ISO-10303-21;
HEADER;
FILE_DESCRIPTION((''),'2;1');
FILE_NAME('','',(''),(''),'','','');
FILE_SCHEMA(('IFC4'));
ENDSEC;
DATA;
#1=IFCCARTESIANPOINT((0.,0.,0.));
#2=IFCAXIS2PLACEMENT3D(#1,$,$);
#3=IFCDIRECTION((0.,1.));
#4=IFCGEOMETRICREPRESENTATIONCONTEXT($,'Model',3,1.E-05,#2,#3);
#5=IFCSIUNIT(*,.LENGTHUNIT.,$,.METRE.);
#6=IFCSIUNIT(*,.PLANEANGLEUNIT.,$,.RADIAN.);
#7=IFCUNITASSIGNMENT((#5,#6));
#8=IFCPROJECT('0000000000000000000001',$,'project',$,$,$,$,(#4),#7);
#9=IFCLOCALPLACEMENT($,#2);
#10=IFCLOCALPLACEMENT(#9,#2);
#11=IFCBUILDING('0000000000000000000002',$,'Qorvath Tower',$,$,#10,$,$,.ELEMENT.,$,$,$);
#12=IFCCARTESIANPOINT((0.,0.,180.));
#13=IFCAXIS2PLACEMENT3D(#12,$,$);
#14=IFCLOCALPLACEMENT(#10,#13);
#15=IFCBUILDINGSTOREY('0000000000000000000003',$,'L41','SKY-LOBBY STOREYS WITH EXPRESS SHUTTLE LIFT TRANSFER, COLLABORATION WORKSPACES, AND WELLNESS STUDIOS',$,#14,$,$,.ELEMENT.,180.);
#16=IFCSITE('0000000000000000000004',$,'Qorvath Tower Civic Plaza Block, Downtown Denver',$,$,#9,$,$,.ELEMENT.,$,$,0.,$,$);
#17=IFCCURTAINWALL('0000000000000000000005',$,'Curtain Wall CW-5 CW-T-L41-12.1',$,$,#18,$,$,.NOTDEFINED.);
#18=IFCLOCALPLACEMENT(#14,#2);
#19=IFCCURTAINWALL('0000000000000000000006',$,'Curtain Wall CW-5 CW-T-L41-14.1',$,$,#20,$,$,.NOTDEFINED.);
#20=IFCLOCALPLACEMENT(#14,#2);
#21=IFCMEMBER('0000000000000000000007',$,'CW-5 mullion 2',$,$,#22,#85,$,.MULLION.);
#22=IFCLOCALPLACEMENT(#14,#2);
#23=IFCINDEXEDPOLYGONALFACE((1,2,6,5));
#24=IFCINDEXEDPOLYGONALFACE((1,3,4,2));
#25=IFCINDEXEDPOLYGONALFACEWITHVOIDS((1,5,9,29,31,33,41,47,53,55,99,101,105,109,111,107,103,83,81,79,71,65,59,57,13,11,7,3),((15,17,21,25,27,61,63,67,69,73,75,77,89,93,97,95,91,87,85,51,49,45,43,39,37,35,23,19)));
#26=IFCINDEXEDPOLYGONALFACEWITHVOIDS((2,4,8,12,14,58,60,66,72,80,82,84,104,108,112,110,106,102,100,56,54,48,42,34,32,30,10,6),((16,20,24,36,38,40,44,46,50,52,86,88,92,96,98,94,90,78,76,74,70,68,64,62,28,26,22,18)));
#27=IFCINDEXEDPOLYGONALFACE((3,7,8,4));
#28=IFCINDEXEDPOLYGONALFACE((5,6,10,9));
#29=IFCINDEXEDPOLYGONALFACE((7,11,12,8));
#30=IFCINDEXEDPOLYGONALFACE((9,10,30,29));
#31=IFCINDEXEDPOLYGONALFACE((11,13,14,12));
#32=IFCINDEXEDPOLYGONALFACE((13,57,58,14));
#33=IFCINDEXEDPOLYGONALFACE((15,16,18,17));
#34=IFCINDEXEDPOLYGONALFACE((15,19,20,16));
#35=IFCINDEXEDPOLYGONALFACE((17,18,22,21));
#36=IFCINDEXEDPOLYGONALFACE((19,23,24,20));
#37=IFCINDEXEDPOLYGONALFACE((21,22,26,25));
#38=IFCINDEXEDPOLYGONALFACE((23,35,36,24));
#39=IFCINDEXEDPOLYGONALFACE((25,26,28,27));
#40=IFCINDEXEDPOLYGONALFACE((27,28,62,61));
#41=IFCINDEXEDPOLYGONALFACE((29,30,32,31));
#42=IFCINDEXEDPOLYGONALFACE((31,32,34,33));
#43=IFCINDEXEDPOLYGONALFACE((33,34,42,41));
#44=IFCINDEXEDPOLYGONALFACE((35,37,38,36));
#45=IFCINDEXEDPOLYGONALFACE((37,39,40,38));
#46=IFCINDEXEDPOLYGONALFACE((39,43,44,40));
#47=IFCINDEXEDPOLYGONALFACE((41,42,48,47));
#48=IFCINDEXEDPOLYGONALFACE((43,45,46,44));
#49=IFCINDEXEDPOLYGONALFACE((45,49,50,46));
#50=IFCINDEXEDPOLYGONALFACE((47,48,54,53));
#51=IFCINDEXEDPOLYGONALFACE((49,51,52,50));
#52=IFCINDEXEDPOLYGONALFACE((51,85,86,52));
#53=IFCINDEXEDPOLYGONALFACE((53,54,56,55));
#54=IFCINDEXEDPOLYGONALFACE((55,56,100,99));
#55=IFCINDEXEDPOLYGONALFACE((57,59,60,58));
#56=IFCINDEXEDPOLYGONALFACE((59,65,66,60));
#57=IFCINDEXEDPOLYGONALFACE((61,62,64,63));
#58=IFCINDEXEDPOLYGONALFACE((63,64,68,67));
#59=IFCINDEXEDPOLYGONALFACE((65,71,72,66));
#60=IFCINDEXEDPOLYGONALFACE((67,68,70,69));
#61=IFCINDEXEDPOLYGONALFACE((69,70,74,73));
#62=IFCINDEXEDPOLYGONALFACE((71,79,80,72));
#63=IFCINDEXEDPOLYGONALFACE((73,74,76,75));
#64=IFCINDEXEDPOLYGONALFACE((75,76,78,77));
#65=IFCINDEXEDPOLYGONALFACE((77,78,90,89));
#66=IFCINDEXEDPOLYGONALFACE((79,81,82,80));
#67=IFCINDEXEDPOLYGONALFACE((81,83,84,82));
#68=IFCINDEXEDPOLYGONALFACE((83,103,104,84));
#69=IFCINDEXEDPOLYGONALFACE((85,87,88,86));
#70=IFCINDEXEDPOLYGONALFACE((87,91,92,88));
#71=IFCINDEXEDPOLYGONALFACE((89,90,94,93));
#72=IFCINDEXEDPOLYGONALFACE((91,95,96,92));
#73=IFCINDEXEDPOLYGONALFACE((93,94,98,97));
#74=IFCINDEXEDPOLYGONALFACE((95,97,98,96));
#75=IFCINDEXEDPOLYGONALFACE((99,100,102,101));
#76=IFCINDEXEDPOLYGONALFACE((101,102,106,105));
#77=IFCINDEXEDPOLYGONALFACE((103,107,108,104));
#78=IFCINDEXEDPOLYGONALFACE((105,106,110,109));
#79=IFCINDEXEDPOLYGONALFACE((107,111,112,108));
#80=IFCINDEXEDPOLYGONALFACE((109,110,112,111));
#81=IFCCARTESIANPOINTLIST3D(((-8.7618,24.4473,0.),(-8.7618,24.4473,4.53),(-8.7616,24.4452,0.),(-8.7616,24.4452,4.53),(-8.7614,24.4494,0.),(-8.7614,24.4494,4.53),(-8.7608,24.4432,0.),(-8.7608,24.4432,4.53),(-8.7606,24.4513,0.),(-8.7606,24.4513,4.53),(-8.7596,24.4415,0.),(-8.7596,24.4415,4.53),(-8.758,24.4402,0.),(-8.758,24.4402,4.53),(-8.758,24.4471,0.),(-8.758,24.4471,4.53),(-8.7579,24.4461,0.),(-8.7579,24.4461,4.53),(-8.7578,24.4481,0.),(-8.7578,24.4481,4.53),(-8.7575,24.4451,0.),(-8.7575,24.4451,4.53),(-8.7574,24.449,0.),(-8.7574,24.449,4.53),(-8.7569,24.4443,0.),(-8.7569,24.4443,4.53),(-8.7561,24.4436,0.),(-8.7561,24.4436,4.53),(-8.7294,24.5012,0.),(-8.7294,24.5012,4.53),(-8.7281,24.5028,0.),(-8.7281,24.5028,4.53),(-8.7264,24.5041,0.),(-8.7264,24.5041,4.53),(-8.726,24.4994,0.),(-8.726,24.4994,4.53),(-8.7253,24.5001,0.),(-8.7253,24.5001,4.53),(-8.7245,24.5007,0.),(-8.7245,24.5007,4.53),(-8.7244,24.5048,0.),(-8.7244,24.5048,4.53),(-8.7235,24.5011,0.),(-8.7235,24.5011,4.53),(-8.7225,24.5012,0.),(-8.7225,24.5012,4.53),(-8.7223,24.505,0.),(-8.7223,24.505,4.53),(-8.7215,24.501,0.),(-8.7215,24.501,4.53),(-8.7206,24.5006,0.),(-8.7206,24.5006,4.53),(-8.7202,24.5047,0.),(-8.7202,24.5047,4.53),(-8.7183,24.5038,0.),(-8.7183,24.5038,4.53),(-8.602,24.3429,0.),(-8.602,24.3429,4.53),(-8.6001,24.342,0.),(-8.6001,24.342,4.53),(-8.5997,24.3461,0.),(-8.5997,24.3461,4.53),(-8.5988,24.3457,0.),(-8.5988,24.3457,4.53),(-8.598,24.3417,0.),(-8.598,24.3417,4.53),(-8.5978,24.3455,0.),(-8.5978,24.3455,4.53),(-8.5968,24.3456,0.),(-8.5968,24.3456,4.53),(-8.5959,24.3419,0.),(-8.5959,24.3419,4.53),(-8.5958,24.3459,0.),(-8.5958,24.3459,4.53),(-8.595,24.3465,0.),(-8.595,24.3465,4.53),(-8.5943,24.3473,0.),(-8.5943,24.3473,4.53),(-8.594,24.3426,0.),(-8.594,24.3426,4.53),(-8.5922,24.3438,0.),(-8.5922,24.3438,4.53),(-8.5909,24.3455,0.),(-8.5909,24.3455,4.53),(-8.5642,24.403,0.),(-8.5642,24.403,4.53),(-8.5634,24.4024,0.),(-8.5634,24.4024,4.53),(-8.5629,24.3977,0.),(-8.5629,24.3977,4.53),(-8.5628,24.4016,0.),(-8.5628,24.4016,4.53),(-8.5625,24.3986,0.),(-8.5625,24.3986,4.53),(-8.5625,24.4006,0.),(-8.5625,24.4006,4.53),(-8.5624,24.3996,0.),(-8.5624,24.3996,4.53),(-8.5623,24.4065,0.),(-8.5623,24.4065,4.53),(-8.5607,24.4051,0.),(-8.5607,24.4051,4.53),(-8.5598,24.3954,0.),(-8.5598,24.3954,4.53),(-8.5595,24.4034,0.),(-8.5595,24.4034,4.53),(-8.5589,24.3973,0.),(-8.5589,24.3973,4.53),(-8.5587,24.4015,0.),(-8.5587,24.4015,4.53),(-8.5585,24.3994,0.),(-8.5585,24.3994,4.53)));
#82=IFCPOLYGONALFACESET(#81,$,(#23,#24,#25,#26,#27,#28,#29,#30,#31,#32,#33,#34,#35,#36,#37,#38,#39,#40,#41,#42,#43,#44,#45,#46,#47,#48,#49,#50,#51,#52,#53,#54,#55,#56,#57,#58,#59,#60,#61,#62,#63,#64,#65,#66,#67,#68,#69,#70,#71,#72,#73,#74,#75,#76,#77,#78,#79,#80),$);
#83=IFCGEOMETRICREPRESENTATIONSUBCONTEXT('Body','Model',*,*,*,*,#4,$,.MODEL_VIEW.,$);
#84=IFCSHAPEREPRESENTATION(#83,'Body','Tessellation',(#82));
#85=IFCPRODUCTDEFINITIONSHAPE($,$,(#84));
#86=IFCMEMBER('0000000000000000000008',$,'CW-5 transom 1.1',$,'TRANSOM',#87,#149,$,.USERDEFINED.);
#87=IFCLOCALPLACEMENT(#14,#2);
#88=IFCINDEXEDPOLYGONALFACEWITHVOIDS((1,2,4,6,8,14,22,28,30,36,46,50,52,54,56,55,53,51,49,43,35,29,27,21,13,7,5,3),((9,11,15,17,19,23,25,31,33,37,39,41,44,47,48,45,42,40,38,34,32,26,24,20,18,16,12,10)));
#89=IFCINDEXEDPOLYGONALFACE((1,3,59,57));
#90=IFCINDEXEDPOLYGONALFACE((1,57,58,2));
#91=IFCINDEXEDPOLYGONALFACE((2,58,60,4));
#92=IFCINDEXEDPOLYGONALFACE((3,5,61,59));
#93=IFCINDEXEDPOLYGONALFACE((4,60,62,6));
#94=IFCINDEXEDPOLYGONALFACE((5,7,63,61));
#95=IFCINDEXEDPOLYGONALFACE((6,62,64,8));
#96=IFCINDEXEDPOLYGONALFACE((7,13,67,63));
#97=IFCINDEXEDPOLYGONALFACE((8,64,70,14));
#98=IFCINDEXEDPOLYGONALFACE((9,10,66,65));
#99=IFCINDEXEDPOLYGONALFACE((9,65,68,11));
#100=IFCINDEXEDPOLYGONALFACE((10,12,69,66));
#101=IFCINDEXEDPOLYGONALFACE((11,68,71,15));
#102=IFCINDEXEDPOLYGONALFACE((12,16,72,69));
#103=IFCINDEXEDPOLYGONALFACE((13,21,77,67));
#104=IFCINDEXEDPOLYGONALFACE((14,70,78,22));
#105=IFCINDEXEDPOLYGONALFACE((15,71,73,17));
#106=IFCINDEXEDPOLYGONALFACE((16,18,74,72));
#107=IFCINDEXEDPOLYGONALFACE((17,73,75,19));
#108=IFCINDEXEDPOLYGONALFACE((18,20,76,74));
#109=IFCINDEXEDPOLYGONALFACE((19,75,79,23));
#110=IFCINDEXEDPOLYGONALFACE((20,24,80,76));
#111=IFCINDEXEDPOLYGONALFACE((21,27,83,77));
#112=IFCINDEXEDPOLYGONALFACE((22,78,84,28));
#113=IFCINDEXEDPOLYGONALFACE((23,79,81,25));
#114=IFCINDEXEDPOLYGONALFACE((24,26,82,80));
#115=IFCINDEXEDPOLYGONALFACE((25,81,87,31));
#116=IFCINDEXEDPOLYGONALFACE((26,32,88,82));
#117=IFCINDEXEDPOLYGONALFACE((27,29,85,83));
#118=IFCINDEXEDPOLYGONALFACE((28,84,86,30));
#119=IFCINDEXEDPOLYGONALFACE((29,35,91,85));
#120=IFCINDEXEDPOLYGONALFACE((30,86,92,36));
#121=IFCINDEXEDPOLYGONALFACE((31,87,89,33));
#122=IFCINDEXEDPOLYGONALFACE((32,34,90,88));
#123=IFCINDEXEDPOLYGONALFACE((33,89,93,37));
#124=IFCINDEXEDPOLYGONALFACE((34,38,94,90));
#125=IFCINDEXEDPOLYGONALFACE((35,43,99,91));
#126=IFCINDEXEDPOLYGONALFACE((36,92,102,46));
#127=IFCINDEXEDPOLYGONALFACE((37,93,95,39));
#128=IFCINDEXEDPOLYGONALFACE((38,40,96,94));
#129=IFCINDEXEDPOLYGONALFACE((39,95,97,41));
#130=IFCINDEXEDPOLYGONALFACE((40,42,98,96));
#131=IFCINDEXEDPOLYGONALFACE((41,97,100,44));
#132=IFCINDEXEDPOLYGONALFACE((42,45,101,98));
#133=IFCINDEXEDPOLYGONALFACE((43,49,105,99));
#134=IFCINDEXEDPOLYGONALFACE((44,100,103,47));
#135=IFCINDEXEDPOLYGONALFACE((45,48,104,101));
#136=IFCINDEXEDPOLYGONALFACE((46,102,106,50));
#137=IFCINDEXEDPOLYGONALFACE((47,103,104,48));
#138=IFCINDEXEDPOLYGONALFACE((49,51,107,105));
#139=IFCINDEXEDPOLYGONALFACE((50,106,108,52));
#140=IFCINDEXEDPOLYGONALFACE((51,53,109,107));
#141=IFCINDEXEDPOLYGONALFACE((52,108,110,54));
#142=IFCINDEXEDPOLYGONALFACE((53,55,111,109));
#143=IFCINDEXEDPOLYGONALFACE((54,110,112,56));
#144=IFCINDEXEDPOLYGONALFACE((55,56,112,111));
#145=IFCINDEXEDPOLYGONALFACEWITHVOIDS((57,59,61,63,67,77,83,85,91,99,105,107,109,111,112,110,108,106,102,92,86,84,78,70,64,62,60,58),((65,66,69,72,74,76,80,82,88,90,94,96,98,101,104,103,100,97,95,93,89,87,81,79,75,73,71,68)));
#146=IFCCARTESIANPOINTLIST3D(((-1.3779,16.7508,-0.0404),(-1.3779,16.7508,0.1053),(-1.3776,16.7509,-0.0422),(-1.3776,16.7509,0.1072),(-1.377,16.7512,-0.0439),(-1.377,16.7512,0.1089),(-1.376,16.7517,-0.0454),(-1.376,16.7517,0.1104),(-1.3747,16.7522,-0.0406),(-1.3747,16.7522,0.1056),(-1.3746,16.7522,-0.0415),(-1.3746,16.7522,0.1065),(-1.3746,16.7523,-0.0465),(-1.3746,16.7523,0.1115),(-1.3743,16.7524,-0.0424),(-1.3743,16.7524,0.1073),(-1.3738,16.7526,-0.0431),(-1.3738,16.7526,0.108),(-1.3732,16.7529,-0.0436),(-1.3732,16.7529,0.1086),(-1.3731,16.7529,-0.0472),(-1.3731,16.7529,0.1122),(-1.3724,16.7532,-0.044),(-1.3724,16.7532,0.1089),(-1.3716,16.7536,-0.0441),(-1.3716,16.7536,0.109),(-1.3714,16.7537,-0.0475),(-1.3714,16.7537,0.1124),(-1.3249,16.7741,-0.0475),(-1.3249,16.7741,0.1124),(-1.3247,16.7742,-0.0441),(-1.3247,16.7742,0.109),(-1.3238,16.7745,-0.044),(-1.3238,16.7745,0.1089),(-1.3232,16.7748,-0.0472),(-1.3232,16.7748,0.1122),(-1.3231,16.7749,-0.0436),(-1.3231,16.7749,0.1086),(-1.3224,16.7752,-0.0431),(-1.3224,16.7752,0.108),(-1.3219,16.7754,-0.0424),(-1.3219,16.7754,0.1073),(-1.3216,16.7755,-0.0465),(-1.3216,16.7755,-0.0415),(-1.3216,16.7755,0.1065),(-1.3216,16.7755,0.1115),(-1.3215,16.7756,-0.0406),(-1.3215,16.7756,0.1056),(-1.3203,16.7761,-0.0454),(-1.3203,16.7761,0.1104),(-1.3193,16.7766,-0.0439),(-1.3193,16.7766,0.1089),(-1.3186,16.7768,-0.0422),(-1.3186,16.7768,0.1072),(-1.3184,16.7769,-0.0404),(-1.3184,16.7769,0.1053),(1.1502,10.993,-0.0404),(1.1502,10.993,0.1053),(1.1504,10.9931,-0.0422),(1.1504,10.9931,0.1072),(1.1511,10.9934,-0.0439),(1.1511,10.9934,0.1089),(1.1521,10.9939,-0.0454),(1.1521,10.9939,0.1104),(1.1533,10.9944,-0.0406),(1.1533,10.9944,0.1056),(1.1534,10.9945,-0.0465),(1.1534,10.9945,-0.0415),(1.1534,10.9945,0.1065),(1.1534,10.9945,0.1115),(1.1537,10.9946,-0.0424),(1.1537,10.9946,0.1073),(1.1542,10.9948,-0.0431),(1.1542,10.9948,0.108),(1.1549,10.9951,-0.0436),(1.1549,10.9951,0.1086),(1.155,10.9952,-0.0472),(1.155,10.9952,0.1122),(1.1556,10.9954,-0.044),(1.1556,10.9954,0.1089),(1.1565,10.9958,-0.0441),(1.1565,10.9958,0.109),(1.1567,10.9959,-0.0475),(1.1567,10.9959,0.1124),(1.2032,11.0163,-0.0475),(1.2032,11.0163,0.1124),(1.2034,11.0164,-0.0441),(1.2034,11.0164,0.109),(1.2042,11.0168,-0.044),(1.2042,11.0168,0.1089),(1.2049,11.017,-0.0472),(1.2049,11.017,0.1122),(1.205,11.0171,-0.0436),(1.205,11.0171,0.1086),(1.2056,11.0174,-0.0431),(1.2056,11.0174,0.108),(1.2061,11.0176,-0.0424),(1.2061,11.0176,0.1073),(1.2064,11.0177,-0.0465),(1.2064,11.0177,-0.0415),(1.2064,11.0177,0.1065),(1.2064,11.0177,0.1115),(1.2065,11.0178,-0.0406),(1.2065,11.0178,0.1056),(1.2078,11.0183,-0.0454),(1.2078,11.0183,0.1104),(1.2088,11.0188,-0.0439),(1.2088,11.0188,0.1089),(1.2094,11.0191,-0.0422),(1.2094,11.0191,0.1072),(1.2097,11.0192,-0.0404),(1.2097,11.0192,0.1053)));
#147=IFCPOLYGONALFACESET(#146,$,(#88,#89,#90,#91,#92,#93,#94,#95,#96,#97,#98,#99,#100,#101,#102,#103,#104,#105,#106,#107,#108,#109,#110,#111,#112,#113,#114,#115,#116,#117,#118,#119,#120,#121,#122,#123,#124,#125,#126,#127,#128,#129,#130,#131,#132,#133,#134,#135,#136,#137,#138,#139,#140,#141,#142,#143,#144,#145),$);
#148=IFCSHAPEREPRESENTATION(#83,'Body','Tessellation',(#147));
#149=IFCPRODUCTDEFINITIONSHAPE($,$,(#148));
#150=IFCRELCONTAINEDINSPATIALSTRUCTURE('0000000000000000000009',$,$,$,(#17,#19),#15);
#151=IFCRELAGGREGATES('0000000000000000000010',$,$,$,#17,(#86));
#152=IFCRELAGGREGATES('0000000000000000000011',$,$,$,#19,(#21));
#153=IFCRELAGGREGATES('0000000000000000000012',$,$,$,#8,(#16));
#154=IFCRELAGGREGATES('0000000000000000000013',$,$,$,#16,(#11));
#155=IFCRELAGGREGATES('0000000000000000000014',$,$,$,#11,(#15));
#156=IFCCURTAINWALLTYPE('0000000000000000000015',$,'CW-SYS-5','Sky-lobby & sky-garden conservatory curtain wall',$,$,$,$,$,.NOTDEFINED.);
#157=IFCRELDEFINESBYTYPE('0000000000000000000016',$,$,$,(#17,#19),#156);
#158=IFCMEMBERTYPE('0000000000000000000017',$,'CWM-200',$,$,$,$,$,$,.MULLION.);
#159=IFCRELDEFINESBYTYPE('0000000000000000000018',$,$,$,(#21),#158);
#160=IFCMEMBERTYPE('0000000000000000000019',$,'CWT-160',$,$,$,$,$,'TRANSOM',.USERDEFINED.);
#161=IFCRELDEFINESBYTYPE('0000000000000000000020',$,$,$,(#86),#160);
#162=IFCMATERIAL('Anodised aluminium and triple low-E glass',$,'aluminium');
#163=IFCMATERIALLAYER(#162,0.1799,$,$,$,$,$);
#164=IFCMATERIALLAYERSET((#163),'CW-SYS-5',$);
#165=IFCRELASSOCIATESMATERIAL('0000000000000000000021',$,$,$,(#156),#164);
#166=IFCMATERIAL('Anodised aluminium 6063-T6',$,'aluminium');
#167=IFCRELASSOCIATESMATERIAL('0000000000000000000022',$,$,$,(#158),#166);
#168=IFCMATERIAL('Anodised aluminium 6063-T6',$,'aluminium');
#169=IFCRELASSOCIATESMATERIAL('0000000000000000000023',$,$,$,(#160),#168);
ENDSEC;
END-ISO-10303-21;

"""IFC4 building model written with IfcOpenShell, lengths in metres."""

from ifc_helpers import new_model, si_unit, direction, frame, origin, origin_2d, place, context, subcontext, project, spatial, hollow_rectangle, extrude, material, layer, layer_set, material_profile, profile_set, type_object, element, aggregate, save


model = new_model("IFC4")

# Units and contexts
model_context = context("Model", 3, precision=1e-05, world=origin(), true_north=direction((0.0, 1.0)))
body_context = subcontext(model_context, "Body", "Model", "MODEL_VIEW")
ifc_project = project(units=[si_unit("LENGTHUNIT", "METRE"), si_unit("PLANEANGLEUNIT", "RADIAN")], contexts=[model_context])

# Site, building, storey
site_placement = place(None, origin())
site = spatial("IfcSite", under=ifc_project, at=site_placement, Name="Qorvath Tower Civic Plaza Block, Downtown Denver", CompositionType="ELEMENT", RefElevation=0.0)
building_placement = place(site_placement, origin())
building = spatial("IfcBuilding", under=site, at=building_placement, Name="Qorvath Tower", CompositionType="ELEMENT")
storey_placement = place(building_placement, frame((0.0, 0.0, 180.0)))
storey = spatial("IfcBuildingStorey", under=building, at=storey_placement, Name="L41", Description="SKY-LOBBY STOREYS WITH EXPRESS SHUTTLE LIFT TRANSFER, COLLABORATION WORKSPACES, AND WELLNESS STUDIOS", CompositionType="ELEMENT", Elevation=180.0)

# Shared definitions
ifc_material_1 = material(Name="Anodised aluminium and triple low-E glass", Category="aluminium")
ifc_layer_1 = layer(ifc_material_1, 0.1799)
ifc_layer_set_1 = layer_set([ifc_layer_1], Name="CW-SYS-5")
curtain_wall_type = type_object("IfcCurtainWallType", Name="CW-SYS-5", Description="Sky-lobby & sky-garden conservatory curtain wall", PredefinedType="NOTDEFINED", material=ifc_layer_set_1)
ifc_material_2 = material(Name="Anodised aluminium 6063-T6", Category="aluminium")
ifc_material_profile_1 = material_profile(ifc_material_2, hollow_rectangle(XDim=0.075, YDim=0.2, WallThickness=0.0039, InnerFilletRadius=0.0039, OuterFilletRadius=0.0081, at=origin_2d()), Name="CWM 200x75")
ifc_profile_set_1 = profile_set([ifc_material_profile_1], Name="Anodised aluminium 6063-T6")
member_type_1 = type_object("IfcMemberType", Name="CWM-200", PredefinedType="MULLION", material=ifc_profile_set_1)

# Curtain walls, member
curtain_wall_1_placement = place(storey_placement, origin())
curtain_wall_1 = element("IfcCurtainWall", 1, at=curtain_wall_1_placement, inside=storey, type_object=curtain_wall_type, Name="Curtain Wall CW-5 CW-T-L41-12.1", PredefinedType="NOTDEFINED")
curtain_wall_2_placement = place(storey_placement, origin())
curtain_wall_2 = element("IfcCurtainWall", 2, at=curtain_wall_2_placement, inside=storey, type_object=curtain_wall_type, Name="Curtain Wall CW-5 CW-T-L41-14.1", PredefinedType="NOTDEFINED")
member_1_placement = place(storey_placement, frame((-8.6602, 24.4233, 0.0), z_axis=(0.0, 0.0, 1.0), x_axis=(-0.52931, -0.848429, 0.0)))
member_1 = element("IfcMember", 3, at=member_1_placement, type_object=member_type_1, Name="CW-5 mullion 2", PredefinedType="MULLION", context=body_context, shape_type="SweptSolid", body=[
    extrude(hollow_rectangle(XDim=0.075, YDim=0.2, WallThickness=0.0039, InnerFilletRadius=0.0039, OuterFilletRadius=0.0081, at=origin_2d()), origin(), (0.0, 0.0, 1.0), 4.53),
])

# Member
ifc_material_3 = material(Name="Anodised aluminium 6063-T6", Category="aluminium")
ifc_material_profile_2 = material_profile(ifc_material_3, hollow_rectangle(XDim=0.0649, YDim=0.1599, WallThickness=0.0034, InnerFilletRadius=0.0034, OuterFilletRadius=0.0071, at=origin_2d()), Name="CWT 160x65")
ifc_profile_set_2 = profile_set([ifc_material_profile_2], Name="Anodised aluminium 6063-T6")
member_type_2 = type_object("IfcMemberType", Name="CWT-160", ElementType="TRANSOM", PredefinedType="USERDEFINED", material=ifc_profile_set_2)
member_2_placement = place(storey_placement, frame((1.1799, 11.0061, 0.0325), z_axis=(-0.402024, 0.915629, 0.0), x_axis=(-0.915629, -0.402024, 0.0)))
member_2 = element("IfcMember", 4, at=member_2_placement, type_object=member_type_2, Name="CW-5 transom 1.1", ObjectType="TRANSOM", PredefinedType="USERDEFINED", context=body_context, shape_type="SweptSolid", body=[
    extrude(hollow_rectangle(XDim=0.0649, YDim=0.1599, WallThickness=0.0034, InnerFilletRadius=0.0034, OuterFilletRadius=0.0071, at=origin_2d()), origin(), (0.0, 0.0, 1.0), 6.2883),
])

aggregate(curtain_wall_1, [member_2])
aggregate(curtain_wall_2, [member_1])

save(model, "model.ifc")
